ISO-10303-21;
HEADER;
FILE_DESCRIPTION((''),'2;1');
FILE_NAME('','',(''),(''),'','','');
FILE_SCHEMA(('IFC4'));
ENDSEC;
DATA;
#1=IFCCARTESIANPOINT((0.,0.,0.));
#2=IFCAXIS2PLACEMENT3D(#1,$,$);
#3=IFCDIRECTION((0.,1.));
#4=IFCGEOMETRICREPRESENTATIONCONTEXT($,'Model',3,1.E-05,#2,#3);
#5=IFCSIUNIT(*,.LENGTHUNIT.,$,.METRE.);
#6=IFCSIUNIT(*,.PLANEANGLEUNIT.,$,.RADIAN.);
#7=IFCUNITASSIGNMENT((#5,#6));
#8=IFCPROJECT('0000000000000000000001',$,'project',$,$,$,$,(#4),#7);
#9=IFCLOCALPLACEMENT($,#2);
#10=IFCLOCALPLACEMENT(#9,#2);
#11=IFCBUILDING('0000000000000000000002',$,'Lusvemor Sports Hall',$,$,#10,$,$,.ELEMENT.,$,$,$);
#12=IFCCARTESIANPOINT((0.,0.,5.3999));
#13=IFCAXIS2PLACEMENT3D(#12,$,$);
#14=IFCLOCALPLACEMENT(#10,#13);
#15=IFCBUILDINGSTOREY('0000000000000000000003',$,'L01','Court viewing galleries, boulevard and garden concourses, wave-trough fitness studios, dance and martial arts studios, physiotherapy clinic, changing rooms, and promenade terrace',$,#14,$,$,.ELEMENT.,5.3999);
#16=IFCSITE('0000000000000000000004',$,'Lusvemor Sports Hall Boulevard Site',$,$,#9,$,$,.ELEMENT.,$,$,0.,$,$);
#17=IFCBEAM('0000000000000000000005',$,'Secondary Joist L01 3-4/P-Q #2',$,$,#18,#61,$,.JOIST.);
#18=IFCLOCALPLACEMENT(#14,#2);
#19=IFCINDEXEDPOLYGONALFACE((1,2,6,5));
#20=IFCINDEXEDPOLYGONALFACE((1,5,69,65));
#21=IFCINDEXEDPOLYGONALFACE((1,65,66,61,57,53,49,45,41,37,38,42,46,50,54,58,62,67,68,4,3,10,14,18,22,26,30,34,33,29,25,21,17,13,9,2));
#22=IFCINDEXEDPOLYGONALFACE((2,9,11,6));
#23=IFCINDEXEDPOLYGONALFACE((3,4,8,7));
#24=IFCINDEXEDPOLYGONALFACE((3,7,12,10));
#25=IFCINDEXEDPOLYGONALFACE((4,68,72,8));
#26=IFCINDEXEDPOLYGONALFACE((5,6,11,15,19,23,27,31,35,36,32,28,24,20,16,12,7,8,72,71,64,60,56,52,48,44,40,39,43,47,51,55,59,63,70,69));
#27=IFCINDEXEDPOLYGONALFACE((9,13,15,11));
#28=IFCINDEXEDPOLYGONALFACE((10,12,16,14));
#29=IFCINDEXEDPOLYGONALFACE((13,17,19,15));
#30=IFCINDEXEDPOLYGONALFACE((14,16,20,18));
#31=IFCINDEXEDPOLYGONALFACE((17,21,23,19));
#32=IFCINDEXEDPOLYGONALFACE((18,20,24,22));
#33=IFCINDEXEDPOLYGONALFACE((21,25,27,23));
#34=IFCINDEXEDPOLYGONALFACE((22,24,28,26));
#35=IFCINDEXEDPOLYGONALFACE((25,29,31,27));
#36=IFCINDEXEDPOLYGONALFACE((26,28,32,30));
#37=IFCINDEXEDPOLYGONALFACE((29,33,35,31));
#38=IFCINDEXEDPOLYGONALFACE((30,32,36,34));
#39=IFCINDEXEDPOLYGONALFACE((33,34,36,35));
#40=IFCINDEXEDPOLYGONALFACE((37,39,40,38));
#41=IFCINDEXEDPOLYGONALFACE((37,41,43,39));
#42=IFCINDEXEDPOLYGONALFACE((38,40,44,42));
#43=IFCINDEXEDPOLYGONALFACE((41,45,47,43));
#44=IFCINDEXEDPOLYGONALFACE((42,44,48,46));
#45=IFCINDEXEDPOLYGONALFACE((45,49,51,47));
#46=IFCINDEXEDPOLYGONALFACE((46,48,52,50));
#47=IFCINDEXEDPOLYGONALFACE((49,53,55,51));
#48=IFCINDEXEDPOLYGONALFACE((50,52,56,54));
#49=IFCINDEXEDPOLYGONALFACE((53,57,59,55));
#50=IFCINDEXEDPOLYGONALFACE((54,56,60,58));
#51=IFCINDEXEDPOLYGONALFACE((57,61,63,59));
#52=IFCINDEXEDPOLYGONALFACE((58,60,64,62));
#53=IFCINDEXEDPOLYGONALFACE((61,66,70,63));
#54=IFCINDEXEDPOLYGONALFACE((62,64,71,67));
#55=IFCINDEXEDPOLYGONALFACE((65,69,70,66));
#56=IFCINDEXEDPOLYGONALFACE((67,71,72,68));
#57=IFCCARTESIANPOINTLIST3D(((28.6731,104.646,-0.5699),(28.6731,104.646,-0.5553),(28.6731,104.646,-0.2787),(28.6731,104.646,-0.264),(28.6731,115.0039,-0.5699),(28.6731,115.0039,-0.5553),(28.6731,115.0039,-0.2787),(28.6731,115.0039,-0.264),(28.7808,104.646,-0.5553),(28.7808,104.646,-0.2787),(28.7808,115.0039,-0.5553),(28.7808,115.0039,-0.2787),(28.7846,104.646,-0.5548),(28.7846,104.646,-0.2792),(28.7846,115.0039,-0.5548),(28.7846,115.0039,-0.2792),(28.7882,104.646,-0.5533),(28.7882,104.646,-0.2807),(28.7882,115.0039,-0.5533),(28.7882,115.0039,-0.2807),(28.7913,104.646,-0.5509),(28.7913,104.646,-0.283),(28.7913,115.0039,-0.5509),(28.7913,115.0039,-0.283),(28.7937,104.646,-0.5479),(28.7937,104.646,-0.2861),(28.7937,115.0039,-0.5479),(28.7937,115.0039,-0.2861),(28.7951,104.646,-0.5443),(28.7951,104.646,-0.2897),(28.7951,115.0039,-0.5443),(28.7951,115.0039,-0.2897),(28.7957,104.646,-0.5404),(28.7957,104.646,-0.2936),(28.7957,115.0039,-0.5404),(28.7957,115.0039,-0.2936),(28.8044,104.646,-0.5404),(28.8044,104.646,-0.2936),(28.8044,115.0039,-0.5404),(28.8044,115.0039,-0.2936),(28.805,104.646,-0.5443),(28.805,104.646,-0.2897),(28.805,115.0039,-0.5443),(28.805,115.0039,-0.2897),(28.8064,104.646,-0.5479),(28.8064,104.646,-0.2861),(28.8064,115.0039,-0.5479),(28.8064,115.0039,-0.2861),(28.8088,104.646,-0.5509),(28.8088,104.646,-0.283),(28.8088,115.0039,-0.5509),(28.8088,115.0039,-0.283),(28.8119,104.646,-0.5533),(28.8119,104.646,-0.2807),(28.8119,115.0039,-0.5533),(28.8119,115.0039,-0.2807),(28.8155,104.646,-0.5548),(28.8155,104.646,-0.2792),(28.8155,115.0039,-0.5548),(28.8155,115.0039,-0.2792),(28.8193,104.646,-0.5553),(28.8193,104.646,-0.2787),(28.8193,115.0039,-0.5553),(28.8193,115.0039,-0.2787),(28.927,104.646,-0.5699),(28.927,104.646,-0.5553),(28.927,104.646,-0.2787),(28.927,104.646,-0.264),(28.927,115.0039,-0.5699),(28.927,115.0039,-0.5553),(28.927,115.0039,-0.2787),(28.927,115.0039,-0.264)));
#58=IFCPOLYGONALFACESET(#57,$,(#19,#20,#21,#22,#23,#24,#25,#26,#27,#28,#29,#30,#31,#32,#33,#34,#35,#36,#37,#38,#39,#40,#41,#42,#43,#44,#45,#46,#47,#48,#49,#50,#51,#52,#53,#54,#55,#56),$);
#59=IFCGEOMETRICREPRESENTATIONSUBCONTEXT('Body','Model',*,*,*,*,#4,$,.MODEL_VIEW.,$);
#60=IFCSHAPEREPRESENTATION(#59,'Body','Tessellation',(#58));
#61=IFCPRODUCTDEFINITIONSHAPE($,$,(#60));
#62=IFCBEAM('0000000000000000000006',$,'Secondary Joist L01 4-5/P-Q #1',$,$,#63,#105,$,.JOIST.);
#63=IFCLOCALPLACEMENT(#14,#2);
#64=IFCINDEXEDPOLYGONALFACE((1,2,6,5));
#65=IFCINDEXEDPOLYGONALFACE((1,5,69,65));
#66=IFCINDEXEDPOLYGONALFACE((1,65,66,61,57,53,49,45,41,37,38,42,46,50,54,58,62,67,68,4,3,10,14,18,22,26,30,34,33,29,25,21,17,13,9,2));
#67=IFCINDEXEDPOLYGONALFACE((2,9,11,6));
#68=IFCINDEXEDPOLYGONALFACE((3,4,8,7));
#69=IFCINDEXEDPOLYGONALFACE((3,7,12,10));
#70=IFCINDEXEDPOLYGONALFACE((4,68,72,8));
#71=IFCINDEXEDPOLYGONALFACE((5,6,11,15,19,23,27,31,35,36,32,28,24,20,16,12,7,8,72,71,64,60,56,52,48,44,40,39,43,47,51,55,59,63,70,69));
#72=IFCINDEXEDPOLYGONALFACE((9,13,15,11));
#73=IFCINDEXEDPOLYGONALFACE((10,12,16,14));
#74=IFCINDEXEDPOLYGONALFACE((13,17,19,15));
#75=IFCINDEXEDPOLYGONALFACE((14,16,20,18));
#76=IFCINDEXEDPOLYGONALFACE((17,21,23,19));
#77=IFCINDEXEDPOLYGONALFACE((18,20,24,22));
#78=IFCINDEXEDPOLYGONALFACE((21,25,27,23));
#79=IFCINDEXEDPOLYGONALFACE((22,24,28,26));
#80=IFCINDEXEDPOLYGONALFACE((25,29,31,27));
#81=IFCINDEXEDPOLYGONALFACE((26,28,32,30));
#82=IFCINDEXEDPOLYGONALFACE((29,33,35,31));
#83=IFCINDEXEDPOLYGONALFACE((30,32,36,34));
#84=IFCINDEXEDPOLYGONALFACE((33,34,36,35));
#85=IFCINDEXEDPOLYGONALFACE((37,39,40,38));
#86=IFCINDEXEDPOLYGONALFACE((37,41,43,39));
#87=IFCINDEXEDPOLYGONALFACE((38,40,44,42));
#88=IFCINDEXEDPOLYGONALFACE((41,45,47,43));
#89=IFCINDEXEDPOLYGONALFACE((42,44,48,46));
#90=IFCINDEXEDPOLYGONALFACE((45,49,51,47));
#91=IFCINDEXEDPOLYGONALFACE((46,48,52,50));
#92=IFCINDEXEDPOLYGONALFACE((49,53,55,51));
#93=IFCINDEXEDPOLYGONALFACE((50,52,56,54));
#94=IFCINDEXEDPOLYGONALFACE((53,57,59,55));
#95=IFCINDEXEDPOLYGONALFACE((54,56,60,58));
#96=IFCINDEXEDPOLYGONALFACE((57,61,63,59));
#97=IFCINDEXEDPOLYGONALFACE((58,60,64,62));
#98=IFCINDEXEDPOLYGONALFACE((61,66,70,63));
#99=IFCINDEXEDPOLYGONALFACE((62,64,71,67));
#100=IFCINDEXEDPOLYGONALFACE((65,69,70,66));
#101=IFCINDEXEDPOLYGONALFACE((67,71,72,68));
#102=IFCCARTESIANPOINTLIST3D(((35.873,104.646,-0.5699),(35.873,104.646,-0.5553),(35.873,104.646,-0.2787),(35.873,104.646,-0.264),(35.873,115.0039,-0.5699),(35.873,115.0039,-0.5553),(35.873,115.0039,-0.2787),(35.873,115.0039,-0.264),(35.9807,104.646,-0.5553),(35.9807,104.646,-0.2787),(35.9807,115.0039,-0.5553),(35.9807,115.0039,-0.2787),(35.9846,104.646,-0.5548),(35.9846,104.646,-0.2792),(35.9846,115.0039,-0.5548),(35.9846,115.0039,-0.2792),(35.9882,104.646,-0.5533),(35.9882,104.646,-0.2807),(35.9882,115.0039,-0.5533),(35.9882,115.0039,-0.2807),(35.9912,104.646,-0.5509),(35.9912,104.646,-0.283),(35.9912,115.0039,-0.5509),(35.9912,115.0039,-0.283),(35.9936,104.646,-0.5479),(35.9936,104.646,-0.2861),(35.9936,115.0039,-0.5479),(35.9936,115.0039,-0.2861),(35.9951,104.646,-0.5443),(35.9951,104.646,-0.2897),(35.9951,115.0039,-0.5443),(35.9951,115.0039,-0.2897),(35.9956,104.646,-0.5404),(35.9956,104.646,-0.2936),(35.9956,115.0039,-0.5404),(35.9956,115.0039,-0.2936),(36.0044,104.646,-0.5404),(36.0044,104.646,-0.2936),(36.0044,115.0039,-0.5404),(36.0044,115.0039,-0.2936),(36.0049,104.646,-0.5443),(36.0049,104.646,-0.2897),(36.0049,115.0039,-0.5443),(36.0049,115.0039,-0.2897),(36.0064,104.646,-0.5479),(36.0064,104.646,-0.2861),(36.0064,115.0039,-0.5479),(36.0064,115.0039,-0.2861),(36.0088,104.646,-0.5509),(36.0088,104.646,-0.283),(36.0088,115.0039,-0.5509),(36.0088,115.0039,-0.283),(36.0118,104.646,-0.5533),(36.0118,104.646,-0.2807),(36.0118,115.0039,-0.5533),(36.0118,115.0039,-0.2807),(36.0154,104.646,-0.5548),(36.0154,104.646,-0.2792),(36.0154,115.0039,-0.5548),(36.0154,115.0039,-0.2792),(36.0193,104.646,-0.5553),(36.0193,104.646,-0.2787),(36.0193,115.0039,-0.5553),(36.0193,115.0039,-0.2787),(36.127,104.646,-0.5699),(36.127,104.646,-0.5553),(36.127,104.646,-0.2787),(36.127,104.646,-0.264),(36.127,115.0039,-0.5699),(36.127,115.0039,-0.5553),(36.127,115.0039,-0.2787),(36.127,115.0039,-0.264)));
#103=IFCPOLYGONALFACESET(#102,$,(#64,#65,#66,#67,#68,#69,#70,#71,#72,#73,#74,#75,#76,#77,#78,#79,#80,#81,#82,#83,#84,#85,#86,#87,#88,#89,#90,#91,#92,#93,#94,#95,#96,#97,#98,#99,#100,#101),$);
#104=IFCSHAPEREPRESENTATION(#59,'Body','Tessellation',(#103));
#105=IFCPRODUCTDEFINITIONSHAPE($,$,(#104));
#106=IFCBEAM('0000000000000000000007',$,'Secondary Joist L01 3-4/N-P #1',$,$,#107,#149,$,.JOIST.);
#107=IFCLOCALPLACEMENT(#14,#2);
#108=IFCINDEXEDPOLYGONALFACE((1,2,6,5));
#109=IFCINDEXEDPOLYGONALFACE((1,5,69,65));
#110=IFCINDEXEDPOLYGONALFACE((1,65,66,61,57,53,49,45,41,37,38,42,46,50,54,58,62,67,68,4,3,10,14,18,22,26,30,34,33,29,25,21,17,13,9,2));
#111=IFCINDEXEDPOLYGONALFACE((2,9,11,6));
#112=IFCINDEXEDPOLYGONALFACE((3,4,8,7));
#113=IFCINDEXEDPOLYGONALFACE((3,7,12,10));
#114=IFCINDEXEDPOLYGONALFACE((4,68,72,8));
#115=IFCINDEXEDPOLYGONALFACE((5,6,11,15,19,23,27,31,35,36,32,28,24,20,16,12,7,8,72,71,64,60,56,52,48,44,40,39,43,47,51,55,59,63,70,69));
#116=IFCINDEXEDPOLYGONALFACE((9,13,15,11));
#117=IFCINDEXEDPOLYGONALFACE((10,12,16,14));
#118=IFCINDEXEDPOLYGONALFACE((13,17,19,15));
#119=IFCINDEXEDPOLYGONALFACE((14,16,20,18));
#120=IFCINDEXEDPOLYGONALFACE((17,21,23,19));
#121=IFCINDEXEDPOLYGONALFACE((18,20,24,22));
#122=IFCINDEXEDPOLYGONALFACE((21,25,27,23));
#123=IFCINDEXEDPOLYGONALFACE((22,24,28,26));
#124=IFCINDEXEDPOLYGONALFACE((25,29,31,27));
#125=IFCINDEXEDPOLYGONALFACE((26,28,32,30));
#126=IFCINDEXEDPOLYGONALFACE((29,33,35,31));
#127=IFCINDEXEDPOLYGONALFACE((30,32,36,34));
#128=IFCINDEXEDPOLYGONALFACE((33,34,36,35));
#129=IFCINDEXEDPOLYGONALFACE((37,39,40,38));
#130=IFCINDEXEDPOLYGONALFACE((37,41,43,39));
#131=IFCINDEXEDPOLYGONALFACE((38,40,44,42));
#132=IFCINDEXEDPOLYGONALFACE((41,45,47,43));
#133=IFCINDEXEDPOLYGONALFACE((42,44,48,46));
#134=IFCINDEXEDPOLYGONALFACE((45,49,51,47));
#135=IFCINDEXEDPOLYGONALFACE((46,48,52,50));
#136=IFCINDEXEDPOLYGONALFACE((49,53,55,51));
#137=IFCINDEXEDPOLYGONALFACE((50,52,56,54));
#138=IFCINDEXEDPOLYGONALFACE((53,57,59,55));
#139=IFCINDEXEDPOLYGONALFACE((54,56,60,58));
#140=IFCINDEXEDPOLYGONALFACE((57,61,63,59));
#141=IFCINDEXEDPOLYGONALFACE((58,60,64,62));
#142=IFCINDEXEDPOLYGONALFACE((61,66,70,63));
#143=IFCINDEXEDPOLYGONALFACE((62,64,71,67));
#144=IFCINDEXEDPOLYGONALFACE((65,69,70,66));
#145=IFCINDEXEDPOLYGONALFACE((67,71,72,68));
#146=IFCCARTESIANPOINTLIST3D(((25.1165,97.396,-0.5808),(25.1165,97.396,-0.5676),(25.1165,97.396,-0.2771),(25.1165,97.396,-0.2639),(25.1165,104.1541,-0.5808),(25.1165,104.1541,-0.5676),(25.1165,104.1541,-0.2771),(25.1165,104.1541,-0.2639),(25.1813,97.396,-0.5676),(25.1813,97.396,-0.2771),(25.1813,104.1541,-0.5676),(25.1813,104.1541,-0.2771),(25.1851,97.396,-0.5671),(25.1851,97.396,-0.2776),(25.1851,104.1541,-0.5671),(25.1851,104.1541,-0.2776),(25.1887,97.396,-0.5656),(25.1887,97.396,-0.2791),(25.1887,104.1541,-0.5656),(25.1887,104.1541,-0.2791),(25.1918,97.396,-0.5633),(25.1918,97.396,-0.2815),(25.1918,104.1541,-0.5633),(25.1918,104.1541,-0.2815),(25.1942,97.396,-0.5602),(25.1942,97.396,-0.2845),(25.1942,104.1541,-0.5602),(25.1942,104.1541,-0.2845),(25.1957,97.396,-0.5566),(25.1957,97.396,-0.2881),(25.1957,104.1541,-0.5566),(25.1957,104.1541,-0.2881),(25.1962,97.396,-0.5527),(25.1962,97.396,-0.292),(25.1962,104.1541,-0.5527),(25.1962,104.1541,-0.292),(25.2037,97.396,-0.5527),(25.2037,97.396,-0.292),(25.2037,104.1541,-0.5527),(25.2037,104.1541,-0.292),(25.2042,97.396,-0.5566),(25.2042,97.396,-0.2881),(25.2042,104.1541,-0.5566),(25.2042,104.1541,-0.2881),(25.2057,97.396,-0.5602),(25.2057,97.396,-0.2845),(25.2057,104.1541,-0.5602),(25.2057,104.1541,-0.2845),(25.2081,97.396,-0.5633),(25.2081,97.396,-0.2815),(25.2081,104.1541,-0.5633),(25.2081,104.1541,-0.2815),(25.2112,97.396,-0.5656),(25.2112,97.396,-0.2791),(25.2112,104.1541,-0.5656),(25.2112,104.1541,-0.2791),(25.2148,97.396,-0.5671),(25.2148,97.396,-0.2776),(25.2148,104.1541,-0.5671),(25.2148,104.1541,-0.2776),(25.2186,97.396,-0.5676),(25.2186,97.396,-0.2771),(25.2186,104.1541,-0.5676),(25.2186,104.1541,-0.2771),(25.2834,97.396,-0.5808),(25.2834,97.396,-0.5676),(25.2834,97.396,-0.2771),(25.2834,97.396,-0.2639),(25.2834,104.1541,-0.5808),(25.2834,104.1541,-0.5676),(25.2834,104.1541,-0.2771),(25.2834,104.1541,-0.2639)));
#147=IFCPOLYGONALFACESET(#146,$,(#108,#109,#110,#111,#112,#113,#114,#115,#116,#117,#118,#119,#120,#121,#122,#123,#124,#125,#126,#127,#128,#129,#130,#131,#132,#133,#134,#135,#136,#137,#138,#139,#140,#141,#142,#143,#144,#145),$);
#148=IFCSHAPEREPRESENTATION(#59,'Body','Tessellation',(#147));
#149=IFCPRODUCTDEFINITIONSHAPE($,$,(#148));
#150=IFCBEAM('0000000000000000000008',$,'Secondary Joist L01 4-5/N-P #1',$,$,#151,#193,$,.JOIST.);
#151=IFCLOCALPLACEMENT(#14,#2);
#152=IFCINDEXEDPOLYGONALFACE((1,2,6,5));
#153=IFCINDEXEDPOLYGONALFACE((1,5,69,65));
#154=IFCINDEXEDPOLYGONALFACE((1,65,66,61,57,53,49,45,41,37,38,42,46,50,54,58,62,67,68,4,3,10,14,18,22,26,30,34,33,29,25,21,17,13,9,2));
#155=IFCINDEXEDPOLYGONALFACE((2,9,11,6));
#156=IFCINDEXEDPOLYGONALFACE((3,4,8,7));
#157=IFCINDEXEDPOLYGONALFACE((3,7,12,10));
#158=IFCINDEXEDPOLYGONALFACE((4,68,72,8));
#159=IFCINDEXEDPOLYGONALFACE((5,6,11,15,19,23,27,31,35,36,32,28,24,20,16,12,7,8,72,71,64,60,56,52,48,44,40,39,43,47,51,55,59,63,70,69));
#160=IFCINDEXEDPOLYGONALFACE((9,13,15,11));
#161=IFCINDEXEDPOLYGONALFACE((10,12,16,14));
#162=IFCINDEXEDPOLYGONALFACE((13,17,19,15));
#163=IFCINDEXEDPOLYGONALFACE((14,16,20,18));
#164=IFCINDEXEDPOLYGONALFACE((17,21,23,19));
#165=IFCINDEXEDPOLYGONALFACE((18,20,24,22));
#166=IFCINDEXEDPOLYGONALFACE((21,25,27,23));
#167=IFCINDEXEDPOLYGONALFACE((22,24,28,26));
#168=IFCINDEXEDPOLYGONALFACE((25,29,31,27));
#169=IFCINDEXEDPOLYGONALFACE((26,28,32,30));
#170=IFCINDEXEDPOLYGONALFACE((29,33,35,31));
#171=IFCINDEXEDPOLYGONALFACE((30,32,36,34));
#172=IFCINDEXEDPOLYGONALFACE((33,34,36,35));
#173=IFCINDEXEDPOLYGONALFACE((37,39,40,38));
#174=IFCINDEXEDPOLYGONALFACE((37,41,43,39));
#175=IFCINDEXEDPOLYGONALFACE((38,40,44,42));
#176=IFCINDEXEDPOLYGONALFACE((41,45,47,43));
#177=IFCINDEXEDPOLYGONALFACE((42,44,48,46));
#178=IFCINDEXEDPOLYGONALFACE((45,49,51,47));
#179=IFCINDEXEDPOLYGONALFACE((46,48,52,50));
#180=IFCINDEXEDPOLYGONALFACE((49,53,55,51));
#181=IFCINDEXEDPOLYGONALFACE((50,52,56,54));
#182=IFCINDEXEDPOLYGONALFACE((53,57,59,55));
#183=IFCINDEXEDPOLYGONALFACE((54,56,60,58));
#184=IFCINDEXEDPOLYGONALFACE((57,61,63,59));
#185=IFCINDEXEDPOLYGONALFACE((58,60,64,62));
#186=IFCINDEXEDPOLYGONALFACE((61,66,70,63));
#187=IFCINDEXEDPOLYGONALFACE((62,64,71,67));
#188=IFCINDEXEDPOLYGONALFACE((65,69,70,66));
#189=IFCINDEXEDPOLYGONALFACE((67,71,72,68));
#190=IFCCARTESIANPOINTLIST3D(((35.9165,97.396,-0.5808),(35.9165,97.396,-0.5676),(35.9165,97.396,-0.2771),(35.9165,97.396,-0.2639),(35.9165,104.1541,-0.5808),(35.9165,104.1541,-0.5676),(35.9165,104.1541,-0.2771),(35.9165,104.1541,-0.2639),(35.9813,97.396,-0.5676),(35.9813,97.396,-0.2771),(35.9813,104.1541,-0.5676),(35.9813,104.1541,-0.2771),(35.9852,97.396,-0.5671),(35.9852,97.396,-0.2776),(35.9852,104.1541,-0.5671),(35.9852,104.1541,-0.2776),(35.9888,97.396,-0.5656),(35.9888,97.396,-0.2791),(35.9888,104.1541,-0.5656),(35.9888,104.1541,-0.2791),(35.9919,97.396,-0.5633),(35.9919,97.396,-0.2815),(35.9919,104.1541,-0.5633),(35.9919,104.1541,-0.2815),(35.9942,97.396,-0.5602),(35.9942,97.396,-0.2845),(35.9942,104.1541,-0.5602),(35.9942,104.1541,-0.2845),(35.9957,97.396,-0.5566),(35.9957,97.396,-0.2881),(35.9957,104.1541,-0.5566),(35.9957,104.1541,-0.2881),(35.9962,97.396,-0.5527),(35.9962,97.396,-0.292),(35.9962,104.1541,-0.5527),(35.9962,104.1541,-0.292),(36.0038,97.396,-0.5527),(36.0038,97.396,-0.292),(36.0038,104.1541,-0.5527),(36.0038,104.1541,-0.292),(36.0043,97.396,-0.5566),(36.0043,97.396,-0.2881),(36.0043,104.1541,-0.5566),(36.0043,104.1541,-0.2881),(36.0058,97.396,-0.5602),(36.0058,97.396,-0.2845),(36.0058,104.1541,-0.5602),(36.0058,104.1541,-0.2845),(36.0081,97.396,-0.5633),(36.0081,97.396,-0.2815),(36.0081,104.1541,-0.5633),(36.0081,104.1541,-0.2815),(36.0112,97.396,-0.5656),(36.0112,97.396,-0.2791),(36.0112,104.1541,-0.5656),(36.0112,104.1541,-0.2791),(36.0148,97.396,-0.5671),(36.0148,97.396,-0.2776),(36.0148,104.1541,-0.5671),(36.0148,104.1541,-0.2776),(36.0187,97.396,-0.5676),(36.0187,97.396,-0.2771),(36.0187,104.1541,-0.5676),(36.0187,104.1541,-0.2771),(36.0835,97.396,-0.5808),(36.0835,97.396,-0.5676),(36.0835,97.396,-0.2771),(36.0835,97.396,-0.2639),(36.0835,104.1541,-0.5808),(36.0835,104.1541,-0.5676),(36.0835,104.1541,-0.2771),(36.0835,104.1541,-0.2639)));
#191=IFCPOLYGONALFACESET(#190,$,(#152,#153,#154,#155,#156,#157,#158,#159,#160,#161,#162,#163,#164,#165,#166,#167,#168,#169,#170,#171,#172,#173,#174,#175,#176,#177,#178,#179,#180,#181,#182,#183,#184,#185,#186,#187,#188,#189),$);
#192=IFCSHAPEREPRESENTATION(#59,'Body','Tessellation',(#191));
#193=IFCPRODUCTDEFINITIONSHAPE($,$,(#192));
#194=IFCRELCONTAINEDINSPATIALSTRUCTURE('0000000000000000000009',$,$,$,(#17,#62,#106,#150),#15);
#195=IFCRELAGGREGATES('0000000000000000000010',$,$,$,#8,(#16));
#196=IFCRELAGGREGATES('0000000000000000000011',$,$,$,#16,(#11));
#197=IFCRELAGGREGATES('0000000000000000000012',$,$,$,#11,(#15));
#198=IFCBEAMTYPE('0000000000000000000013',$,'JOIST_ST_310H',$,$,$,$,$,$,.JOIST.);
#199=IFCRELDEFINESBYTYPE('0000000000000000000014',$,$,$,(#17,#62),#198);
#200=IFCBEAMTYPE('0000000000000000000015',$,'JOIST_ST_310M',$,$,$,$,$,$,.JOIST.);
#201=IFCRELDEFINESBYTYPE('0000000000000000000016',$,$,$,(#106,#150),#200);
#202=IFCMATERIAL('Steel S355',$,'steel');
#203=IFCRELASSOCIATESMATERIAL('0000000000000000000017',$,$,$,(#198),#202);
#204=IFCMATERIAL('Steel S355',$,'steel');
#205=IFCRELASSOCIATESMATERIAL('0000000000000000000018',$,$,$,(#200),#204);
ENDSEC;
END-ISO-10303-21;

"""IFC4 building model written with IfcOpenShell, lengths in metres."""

from ifc_helpers import new_model, si_unit, direction, frame, origin, origin_2d, place, context, subcontext, project, spatial, i_section, extrude, material, material_profile, profile_set, type_object, element, save


model = new_model("IFC4")

# Units and contexts
model_context = context("Model", 3, precision=1e-05, world=origin(), true_north=direction((0.0, 1.0)))
body_context = subcontext(model_context, "Body", "Model", "MODEL_VIEW")
ifc_project = project(units=[si_unit("LENGTHUNIT", "METRE"), si_unit("PLANEANGLEUNIT", "RADIAN")], contexts=[model_context])

# Site, building, storey
site_placement = place(None, origin())
site = spatial("IfcSite", under=ifc_project, at=site_placement, Name="Lusvemor Sports Hall Boulevard Site", CompositionType="ELEMENT", RefElevation=0.0)
building_placement = place(site_placement, origin())
building = spatial("IfcBuilding", under=site, at=building_placement, Name="Lusvemor Sports Hall", CompositionType="ELEMENT")
storey_placement = place(building_placement, frame((0.0, 0.0, 5.3999)))
storey = spatial("IfcBuildingStorey", under=building, at=storey_placement, Name="L01", Description="Court viewing galleries, boulevard and garden concourses, wave-trough fitness studios, dance and martial arts studios, physiotherapy clinic, changing rooms, and promenade terrace", CompositionType="ELEMENT", Elevation=5.3999)

# Beams
ifc_material_1 = material(Name="Steel S355", Category="steel")
ifc_material_profile_1 = material_profile(ifc_material_1, i_section(OverallWidth=0.2539, OverallDepth=0.3059, WebThickness=0.0088, FlangeThickness=0.0146, FilletRadius=0.0149, at=origin_2d()), Name="W310x79.0")
ifc_profile_set_1 = profile_set([ifc_material_profile_1], Name="Steel S355")
beam_type_1 = type_object("IfcBeamType", Name="JOIST_ST_310H", PredefinedType="JOIST", material=ifc_profile_set_1)
for number, where, z_axis, x_axis, name in (
    (1, (28.8, 104.646, -0.417), (0.0, 1.0, 0.0), (-1.0, 0.0, 0.0), "Secondary Joist L01 3-4/P-Q #2"),
    (2, (36.0, 104.646, -0.417), (0.0, 1.0, 0.0), (-1.0, 0.0, 0.0), "Secondary Joist L01 4-5/P-Q #1"),
):
    element("IfcBeam", number, at=place(storey_placement, frame(where, z_axis=z_axis, x_axis=x_axis)), inside=storey, type_object=beam_type_1, Name=name, PredefinedType="JOIST", context=body_context, shape_type="SweptSolid", body=[
        extrude(i_section(OverallWidth=0.2539, OverallDepth=0.3059, WebThickness=0.0088, FlangeThickness=0.0146, FilletRadius=0.0149, at=origin_2d()), origin(), (0.0, 0.0, 1.0), 10.3579),
    ])
ifc_material_2 = material(Name="Steel S355", Category="steel")
ifc_material_profile_2 = material_profile(ifc_material_2, i_section(OverallWidth=0.167, OverallDepth=0.3169, WebThickness=0.0076, FlangeThickness=0.0132, FilletRadius=0.0149, at=origin_2d()), Name="W310x52.0")
ifc_profile_set_2 = profile_set([ifc_material_profile_2], Name="Steel S355")
beam_type_2 = type_object("IfcBeamType", Name="JOIST_ST_310M", PredefinedType="JOIST", material=ifc_profile_set_2)
for number, where, z_axis, x_axis, name in (
    (3, (25.2, 97.396, -0.4224), (0.0, 1.0, 0.0), (-1.0, 0.0, 0.0), "Secondary Joist L01 3-4/N-P #1"),
    (4, (36.0, 97.396, -0.4224), (0.0, 1.0, 0.0), (-1.0, 0.0, 0.0), "Secondary Joist L01 4-5/N-P #1"),
):
    element("IfcBeam", number, at=place(storey_placement, frame(where, z_axis=z_axis, x_axis=x_axis)), inside=storey, type_object=beam_type_2, Name=name, PredefinedType="JOIST", context=body_context, shape_type="SweptSolid", body=[
        extrude(i_section(OverallWidth=0.167, OverallDepth=0.3169, WebThickness=0.0076, FlangeThickness=0.0132, FilletRadius=0.0149, at=origin_2d()), origin(), (0.0, 0.0, 1.0), 6.7581),
    ])

save(model, "model.ifc")
